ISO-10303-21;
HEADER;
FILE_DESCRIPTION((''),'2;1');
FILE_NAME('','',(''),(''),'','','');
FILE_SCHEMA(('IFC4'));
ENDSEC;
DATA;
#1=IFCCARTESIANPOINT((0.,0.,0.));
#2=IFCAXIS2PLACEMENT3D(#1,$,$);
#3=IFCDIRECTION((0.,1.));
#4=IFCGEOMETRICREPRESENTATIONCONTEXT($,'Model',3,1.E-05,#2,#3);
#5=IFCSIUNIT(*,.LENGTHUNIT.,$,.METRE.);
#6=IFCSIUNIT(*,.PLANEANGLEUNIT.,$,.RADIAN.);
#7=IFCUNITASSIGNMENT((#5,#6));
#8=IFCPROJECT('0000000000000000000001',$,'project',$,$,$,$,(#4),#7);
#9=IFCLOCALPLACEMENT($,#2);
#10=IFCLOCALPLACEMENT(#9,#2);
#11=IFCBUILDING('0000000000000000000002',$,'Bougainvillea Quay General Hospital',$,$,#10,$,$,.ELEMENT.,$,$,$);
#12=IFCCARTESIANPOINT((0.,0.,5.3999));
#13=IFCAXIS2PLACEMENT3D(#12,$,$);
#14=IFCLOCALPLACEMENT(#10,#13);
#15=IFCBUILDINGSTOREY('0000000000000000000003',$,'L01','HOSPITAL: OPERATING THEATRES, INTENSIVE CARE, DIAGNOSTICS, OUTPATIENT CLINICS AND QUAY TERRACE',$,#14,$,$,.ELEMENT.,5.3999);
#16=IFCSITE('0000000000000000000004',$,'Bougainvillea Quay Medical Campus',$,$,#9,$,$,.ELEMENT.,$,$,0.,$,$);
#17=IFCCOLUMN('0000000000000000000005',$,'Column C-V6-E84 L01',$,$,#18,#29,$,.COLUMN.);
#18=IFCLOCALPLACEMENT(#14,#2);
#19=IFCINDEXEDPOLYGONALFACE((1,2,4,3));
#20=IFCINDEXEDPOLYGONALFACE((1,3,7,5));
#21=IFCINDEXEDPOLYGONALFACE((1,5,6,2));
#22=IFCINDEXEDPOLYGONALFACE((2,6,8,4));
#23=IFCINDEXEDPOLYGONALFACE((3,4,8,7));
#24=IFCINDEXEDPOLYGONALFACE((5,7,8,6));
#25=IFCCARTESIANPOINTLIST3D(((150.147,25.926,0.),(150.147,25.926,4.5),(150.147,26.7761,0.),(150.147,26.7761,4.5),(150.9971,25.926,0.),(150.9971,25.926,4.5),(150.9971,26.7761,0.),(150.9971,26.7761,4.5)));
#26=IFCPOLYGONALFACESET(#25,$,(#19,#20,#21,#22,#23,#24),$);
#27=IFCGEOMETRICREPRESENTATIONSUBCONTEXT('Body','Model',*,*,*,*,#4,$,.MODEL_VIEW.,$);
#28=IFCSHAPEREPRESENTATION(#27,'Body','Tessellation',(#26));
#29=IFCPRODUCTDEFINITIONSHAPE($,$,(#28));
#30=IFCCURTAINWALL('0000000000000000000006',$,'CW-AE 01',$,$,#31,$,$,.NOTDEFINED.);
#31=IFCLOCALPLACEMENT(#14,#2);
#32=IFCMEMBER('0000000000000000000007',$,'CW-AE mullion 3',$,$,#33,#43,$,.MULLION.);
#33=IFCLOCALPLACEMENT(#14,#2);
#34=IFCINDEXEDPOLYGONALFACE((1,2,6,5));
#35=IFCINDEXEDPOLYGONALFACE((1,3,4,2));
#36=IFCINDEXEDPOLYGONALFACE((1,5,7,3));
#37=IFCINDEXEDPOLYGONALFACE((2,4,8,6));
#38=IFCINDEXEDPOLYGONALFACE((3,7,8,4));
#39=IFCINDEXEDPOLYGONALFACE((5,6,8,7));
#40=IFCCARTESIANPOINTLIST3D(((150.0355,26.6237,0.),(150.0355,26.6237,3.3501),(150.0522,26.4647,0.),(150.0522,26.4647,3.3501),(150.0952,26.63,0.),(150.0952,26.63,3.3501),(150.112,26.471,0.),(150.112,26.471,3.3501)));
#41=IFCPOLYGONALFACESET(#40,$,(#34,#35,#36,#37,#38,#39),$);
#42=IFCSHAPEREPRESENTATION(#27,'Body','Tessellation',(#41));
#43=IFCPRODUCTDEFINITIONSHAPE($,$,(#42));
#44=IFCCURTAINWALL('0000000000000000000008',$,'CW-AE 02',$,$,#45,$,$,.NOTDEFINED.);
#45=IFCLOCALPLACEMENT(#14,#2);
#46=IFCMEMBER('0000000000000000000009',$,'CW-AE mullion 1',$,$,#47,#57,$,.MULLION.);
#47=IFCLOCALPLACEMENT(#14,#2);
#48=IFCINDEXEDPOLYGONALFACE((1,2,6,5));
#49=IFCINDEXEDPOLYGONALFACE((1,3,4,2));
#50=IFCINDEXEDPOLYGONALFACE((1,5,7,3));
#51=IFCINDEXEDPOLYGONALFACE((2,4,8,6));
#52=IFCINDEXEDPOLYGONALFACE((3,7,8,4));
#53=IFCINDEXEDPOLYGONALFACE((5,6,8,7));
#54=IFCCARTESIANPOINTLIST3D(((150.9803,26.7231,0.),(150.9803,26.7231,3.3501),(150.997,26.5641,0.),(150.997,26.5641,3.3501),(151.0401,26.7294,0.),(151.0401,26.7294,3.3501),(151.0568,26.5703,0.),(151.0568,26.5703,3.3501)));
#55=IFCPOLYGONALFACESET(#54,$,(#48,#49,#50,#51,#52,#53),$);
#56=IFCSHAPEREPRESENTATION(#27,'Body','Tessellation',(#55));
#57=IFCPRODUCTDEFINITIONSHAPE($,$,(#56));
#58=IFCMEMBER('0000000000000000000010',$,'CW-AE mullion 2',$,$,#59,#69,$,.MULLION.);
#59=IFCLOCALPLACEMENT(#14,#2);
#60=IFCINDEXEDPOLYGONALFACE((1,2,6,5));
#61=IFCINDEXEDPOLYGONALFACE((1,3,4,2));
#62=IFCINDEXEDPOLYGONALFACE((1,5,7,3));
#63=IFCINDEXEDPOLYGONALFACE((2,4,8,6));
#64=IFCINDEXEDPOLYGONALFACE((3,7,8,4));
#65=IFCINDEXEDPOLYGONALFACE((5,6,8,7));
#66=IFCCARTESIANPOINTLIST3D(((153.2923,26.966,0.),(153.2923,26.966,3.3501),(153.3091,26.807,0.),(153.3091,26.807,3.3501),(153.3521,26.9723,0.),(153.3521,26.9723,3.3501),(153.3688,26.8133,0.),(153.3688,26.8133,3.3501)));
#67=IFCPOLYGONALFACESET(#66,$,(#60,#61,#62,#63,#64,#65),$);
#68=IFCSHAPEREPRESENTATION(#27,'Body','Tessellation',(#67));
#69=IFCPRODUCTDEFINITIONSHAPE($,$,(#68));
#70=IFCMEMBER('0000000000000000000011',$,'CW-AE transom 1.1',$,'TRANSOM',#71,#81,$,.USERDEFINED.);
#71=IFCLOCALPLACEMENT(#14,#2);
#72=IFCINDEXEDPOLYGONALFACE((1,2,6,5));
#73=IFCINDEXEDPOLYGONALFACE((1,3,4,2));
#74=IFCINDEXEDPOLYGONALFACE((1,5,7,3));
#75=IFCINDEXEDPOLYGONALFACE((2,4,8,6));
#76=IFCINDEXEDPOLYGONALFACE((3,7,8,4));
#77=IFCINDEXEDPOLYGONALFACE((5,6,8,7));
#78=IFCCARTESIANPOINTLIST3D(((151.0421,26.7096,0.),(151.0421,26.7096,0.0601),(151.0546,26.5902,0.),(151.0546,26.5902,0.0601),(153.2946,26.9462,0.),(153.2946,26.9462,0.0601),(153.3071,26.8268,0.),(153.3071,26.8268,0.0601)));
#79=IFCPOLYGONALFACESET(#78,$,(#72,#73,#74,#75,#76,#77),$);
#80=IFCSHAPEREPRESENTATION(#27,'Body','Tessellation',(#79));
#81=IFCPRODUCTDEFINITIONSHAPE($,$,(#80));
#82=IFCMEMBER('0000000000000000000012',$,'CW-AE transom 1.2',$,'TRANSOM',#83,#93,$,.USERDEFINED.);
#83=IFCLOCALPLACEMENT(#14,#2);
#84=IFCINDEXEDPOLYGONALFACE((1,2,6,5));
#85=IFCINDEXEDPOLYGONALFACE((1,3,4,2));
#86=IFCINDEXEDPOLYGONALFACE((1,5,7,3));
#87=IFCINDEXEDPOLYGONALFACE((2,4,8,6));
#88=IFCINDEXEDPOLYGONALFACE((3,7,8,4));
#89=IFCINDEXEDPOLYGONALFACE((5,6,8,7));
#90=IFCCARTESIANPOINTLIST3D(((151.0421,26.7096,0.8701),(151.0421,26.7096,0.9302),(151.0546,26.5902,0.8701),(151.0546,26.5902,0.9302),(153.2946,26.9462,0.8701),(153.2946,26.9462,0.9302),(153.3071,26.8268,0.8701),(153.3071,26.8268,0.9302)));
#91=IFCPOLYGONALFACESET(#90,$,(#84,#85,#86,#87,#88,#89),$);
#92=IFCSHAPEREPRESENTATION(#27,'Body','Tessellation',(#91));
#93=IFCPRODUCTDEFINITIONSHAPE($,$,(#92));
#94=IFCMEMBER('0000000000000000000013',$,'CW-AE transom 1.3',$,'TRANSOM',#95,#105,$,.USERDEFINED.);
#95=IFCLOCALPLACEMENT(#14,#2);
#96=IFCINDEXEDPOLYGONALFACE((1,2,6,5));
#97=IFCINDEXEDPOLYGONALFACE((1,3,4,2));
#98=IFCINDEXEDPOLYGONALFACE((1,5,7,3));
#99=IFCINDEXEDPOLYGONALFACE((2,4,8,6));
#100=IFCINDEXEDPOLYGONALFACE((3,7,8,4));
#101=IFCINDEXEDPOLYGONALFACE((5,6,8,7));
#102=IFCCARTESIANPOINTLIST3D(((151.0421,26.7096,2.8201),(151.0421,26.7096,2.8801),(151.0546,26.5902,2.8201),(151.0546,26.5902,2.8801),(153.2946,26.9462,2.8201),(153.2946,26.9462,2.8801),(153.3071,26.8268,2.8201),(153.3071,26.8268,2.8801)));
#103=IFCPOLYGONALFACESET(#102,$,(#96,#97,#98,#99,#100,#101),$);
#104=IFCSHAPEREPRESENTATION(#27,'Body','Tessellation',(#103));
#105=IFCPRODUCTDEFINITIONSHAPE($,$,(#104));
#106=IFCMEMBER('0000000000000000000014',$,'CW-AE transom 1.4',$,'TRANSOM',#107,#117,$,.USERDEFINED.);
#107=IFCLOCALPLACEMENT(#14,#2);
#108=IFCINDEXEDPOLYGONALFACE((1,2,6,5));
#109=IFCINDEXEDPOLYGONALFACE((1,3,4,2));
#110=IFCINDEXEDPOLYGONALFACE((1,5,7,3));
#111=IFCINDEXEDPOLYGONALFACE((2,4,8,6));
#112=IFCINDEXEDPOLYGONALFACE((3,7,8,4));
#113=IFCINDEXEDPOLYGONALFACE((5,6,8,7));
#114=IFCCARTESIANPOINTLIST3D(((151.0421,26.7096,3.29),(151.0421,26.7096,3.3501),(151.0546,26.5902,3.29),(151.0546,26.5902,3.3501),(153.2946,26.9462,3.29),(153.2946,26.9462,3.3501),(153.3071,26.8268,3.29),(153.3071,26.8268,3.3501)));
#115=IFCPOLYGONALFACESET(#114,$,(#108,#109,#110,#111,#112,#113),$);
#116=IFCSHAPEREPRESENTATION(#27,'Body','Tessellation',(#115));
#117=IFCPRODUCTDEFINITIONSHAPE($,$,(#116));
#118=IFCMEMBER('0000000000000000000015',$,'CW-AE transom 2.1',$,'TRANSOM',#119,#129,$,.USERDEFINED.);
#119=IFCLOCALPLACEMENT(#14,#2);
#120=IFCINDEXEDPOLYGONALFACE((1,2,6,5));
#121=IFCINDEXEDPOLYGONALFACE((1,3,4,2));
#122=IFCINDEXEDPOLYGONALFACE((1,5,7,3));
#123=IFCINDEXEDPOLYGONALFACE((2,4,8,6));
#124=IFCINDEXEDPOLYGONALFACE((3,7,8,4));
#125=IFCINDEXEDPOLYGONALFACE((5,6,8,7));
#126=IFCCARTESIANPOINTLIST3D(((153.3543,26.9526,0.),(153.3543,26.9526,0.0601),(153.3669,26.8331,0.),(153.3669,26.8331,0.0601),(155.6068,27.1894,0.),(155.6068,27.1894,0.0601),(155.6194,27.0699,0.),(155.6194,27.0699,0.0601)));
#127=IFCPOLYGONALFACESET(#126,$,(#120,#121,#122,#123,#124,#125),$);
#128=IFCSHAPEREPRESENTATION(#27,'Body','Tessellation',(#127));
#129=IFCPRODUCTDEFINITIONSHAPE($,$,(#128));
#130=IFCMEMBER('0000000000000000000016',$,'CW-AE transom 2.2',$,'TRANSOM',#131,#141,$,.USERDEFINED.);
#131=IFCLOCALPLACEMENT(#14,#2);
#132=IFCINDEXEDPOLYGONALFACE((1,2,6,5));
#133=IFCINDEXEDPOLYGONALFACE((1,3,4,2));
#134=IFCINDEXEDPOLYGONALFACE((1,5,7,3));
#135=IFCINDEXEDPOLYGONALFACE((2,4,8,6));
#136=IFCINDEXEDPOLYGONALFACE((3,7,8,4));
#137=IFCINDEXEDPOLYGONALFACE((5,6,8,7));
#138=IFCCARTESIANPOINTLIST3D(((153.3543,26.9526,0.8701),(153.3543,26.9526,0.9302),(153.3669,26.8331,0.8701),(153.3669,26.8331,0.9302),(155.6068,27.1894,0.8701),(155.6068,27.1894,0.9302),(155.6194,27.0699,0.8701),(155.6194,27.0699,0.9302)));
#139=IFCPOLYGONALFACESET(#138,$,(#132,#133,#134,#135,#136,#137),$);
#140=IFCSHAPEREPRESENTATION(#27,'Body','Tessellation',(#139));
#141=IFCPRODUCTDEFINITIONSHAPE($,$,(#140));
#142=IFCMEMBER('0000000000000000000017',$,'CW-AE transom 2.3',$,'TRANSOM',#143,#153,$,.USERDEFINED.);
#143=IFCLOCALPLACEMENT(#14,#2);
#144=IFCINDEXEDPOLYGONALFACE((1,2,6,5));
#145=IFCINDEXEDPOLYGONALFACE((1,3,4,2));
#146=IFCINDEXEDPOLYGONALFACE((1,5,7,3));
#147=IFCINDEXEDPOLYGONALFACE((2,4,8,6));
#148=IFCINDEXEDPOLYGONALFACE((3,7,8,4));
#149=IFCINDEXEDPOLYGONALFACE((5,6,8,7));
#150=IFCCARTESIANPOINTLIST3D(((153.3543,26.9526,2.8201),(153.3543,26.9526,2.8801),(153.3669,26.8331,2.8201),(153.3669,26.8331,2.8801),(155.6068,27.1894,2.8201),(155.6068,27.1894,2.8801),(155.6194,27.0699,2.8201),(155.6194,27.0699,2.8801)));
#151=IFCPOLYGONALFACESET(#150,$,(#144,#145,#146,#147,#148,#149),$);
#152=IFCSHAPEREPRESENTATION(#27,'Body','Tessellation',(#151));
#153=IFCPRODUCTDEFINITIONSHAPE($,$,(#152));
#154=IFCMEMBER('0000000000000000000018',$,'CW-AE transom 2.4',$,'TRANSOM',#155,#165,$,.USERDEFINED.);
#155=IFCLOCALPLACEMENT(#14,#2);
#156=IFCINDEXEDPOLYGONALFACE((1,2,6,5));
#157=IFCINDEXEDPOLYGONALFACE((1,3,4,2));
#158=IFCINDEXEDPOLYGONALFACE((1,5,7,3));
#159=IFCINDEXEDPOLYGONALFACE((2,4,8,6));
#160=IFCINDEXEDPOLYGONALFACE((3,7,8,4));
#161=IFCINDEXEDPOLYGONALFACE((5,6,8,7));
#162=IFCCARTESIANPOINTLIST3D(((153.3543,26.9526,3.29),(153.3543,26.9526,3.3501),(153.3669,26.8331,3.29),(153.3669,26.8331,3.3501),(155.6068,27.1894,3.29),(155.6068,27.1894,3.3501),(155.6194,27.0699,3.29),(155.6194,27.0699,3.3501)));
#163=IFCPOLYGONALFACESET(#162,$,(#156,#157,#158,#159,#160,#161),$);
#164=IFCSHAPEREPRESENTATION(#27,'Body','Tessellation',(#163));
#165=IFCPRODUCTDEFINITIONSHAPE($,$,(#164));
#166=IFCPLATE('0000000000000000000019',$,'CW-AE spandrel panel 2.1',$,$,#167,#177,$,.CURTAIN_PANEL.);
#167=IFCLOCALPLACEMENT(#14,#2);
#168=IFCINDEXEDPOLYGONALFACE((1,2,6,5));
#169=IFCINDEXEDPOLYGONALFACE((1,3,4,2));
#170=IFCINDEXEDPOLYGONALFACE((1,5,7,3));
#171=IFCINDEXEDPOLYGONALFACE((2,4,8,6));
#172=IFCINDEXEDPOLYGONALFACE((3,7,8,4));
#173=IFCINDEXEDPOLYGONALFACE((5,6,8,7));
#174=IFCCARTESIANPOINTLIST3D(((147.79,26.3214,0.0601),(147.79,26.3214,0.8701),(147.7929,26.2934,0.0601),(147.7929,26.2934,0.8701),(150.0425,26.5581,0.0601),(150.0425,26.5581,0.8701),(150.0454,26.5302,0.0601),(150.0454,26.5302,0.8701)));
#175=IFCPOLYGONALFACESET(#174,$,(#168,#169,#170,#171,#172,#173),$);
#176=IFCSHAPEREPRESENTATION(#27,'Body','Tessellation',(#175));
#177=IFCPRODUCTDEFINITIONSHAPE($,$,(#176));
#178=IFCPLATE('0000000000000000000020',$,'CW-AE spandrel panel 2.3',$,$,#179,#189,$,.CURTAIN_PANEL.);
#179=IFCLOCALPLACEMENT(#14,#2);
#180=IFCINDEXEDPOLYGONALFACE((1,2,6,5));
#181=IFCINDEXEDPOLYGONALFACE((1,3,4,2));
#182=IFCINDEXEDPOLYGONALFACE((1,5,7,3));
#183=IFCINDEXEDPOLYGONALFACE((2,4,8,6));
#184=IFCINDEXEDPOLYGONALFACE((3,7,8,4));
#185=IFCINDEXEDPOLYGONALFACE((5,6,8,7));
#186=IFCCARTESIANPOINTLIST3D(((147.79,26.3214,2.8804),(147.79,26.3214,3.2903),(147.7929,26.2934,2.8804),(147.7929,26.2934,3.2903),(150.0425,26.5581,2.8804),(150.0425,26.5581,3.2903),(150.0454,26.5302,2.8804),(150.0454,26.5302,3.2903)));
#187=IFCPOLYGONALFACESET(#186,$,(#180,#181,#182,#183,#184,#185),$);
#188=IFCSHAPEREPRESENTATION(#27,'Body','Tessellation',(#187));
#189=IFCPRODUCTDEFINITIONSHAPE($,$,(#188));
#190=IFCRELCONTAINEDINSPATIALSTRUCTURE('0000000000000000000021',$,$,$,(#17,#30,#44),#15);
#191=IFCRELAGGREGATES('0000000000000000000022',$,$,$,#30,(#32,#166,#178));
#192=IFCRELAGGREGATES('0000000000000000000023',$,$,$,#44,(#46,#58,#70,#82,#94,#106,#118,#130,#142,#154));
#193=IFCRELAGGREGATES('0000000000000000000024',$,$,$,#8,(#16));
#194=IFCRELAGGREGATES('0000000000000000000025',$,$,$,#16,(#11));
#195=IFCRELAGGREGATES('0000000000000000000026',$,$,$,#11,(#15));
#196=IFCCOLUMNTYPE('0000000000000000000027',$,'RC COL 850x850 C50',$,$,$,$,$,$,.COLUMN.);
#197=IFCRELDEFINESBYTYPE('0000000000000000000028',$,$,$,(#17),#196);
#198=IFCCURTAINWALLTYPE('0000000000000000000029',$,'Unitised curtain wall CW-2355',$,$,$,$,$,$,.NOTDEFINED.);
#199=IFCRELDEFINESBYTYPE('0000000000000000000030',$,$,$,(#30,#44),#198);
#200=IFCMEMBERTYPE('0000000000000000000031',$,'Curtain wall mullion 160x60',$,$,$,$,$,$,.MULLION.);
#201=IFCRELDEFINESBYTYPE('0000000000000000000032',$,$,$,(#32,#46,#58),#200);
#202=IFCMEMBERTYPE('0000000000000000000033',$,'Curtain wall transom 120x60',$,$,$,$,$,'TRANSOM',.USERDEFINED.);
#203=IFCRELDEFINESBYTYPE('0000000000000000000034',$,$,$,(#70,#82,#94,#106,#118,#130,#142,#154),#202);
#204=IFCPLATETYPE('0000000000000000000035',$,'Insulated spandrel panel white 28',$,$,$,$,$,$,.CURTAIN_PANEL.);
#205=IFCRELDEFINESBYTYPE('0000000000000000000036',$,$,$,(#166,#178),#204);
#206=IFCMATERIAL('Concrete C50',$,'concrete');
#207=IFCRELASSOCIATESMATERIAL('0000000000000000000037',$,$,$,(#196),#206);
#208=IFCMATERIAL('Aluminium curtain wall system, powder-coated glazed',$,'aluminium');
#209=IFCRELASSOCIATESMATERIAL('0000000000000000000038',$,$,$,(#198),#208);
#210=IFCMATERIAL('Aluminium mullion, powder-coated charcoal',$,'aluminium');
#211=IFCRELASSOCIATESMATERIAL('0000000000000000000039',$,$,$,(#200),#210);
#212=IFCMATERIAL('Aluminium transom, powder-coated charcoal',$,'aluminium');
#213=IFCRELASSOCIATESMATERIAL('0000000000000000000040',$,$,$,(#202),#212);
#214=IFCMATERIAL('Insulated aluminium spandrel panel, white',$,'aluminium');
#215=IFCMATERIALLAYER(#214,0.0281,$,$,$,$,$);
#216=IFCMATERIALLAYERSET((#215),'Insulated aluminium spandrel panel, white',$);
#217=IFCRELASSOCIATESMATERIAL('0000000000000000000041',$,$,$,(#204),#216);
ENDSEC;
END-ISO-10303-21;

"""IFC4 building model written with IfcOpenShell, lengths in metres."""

from ifc_helpers import new_model, si_unit, direction, frame, origin, origin_2d, place, context, subcontext, project, spatial, rectangle, extrude, material, layer, layer_set, material_profile, profile_set, type_object, element, aggregate, save


model = new_model("IFC4")

# Units and contexts
model_context = context("Model", 3, precision=1e-05, world=origin(), true_north=direction((0.0, 1.0)))
body_context = subcontext(model_context, "Body", "Model", "MODEL_VIEW")
ifc_project = project(units=[si_unit("LENGTHUNIT", "METRE"), si_unit("PLANEANGLEUNIT", "RADIAN")], contexts=[model_context])

# Site, building, storey
site_placement = place(None, origin())
site = spatial("IfcSite", under=ifc_project, at=site_placement, Name="Bougainvillea Quay Medical Campus", CompositionType="ELEMENT", RefElevation=0.0)
building_placement = place(site_placement, origin())
building = spatial("IfcBuilding", under=site, at=building_placement, Name="Bougainvillea Quay General Hospital", CompositionType="ELEMENT")
storey_placement = place(building_placement, frame((0.0, 0.0, 5.3999)))
storey = spatial("IfcBuildingStorey", under=building, at=storey_placement, Name="L01", Description="HOSPITAL: OPERATING THEATRES, INTENSIVE CARE, DIAGNOSTICS, OUTPATIENT CLINICS AND QUAY TERRACE", CompositionType="ELEMENT", Elevation=5.3999)

# Column
ifc_material_1 = material(Name="Concrete C50", Category="concrete")
ifc_material_profile_1 = material_profile(ifc_material_1, rectangle(XDim=0.8501, YDim=0.8501, at=origin_2d()))
ifc_profile_set_1 = profile_set([ifc_material_profile_1], Name="Concrete C50")
column_type = type_object("IfcColumnType", Name="RC COL 850x850 C50", PredefinedType="COLUMN", material=ifc_profile_set_1)
column_placement = place(storey_placement, frame((150.572, 26.3511, 0.0), z_axis=(0.0, 0.0, 1.0), x_axis=(1.0, 0.0, 0.0)))
element("IfcColumn", 1, at=column_placement, inside=storey, type_object=column_type, Name="Column C-V6-E84 L01", PredefinedType="COLUMN", context=body_context, shape_type="SweptSolid", body=[
    extrude(rectangle(XDim=0.8501, YDim=0.8501, at=origin_2d()), origin(), (0.0, 0.0, 1.0), 4.5),
])

# Curtain wall, member
ifc_material_2 = material(Name="Aluminium curtain wall system, powder-coated glazed", Category="aluminium")
curtain_wall_type = type_object("IfcCurtainWallType", Name="Unitised curtain wall CW-2355", PredefinedType="NOTDEFINED", material=ifc_material_2)
curtain_wall_1_placement = place(storey_placement, origin())
curtain_wall_1 = element("IfcCurtainWall", 2, at=curtain_wall_1_placement, inside=storey, type_object=curtain_wall_type, Name="CW-AE 01", PredefinedType="NOTDEFINED")
ifc_material_3 = material(Name="Aluminium mullion, powder-coated charcoal", Category="aluminium")
ifc_material_profile_2 = material_profile(ifc_material_3, rectangle(XDim=0.1599, YDim=0.0601, at=origin_2d()))
ifc_profile_set_2 = profile_set([ifc_material_profile_2], Name="Aluminium mullion, powder-coated charcoal")
member_type_1 = type_object("IfcMemberType", Name="Curtain wall mullion 160x60", PredefinedType="MULLION", material=ifc_profile_set_2)
member_1_placement = place(storey_placement, frame((150.0737, 26.5474, 0.0), z_axis=(0.0, 0.0, 1.0), x_axis=(-0.104527, 0.994522, 0.0)))
member_1 = element("IfcMember", 3, at=member_1_placement, type_object=member_type_1, Name="CW-AE mullion 3", PredefinedType="MULLION", context=body_context, shape_type="SweptSolid", body=[
    extrude(rectangle(XDim=0.1599, YDim=0.0601, at=origin_2d()), origin(), (0.0, 0.0, 1.0), 3.3501),
])

# Curtain wall, members
curtain_wall_2_placement = place(storey_placement, origin())
curtain_wall_2 = element("IfcCurtainWall", 4, at=curtain_wall_2_placement, inside=storey, type_object=curtain_wall_type, Name="CW-AE 02", PredefinedType="NOTDEFINED")
member_2_placement = place(storey_placement, frame((151.0186, 26.6467, 0.0), z_axis=(0.0, 0.0, 1.0), x_axis=(-0.104527, 0.994522, 0.0)))
member_2 = element("IfcMember", 5, at=member_2_placement, type_object=member_type_1, Name="CW-AE mullion 1", PredefinedType="MULLION", context=body_context, shape_type="SweptSolid", body=[
    extrude(rectangle(XDim=0.1599, YDim=0.0601, at=origin_2d()), origin(), (0.0, 0.0, 1.0), 3.3501),
])
member_3_placement = place(storey_placement, frame((153.3306, 26.8896, 0.0), z_axis=(0.0, 0.0, 1.0), x_axis=(-0.104527, 0.994522, 0.0)))
member_3 = element("IfcMember", 6, at=member_3_placement, type_object=member_type_1, Name="CW-AE mullion 2", PredefinedType="MULLION", context=body_context, shape_type="SweptSolid", body=[
    extrude(rectangle(XDim=0.1599, YDim=0.0601, at=origin_2d()), origin(), (0.0, 0.0, 1.0), 3.3501),
])
ifc_material_4 = material(Name="Aluminium transom, powder-coated charcoal", Category="aluminium")
ifc_material_profile_3 = material_profile(ifc_material_4, rectangle(XDim=0.1201, YDim=0.0601, at=origin_2d()))
ifc_profile_set_3 = profile_set([ifc_material_profile_3], Name="Aluminium transom, powder-coated charcoal")
member_type_2 = type_object("IfcMemberType", Name="Curtain wall transom 120x60", ElementType="TRANSOM", PredefinedType="USERDEFINED", material=ifc_profile_set_3)
member_4_placement = place(storey_placement, frame((151.0483, 26.6499, 0.03), z_axis=(0.99453, 0.104455, 0.0), x_axis=(-0.104455, 0.99453, 0.0)))
member_4 = element("IfcMember", 7, at=member_4_placement, type_object=member_type_2, Name="CW-AE transom 1.1", ObjectType="TRANSOM", PredefinedType="USERDEFINED", context=body_context, shape_type="SweptSolid", body=[
    extrude(rectangle(XDim=0.1201, YDim=0.0601, at=origin_2d()), origin(), (0.0, 0.0, 1.0), 2.2649),
])
member_5_placement = place(storey_placement, frame((151.0483, 26.6499, 0.9001), z_axis=(0.99453, 0.104455, 0.0), x_axis=(-0.104455, 0.99453, 0.0)))
member_5 = element("IfcMember", 8, at=member_5_placement, type_object=member_type_2, Name="CW-AE transom 1.2", ObjectType="TRANSOM", PredefinedType="USERDEFINED", context=body_context, shape_type="SweptSolid", body=[
    extrude(rectangle(XDim=0.1201, YDim=0.0601, at=origin_2d()), origin(), (0.0, 0.0, 1.0), 2.2649),
])
member_6_placement = place(storey_placement, frame((151.0483, 26.6499, 2.8501), z_axis=(0.99453, 0.104455, 0.0), x_axis=(-0.104455, 0.99453, 0.0)))
member_6 = element("IfcMember", 9, at=member_6_placement, type_object=member_type_2, Name="CW-AE transom 1.3", ObjectType="TRANSOM", PredefinedType="USERDEFINED", context=body_context, shape_type="SweptSolid", body=[
    extrude(rectangle(XDim=0.1201, YDim=0.0601, at=origin_2d()), origin(), (0.0, 0.0, 1.0), 2.2649),
])
member_7_placement = place(storey_placement, frame((151.0483, 26.6499, 3.3201), z_axis=(0.99453, 0.104455, 0.0), x_axis=(-0.104455, 0.99453, 0.0)))
member_7 = element("IfcMember", 10, at=member_7_placement, type_object=member_type_2, Name="CW-AE transom 1.4", ObjectType="TRANSOM", PredefinedType="USERDEFINED", context=body_context, shape_type="SweptSolid", body=[
    extrude(rectangle(XDim=0.1201, YDim=0.0601, at=origin_2d()), origin(), (0.0, 0.0, 1.0), 2.2649),
])
member_8_placement = place(storey_placement, frame((153.3606, 26.8928, 0.03), z_axis=(0.994518, 0.104561, 0.0), x_axis=(-0.104561, 0.994518, 0.0)))
member_8 = element("IfcMember", 11, at=member_8_placement, type_object=member_type_2, Name="CW-AE transom 2.1", ObjectType="TRANSOM", PredefinedType="USERDEFINED", context=body_context, shape_type="SweptSolid", body=[
    extrude(rectangle(XDim=0.1201, YDim=0.0601, at=origin_2d()), origin(), (0.0, 0.0, 1.0), 2.2649),
])
member_9_placement = place(storey_placement, frame((153.3606, 26.8928, 0.9001), z_axis=(0.994518, 0.104561, 0.0), x_axis=(-0.104561, 0.994518, 0.0)))
member_9 = element("IfcMember", 12, at=member_9_placement, type_object=member_type_2, Name="CW-AE transom 2.2", ObjectType="TRANSOM", PredefinedType="USERDEFINED", context=body_context, shape_type="SweptSolid", body=[
    extrude(rectangle(XDim=0.1201, YDim=0.0601, at=origin_2d()), origin(), (0.0, 0.0, 1.0), 2.2649),
])
member_10_placement = place(storey_placement, frame((153.3606, 26.8928, 2.8501), z_axis=(0.994518, 0.104561, 0.0), x_axis=(-0.104561, 0.994518, 0.0)))
member_10 = element("IfcMember", 13, at=member_10_placement, type_object=member_type_2, Name="CW-AE transom 2.3", ObjectType="TRANSOM", PredefinedType="USERDEFINED", context=body_context, shape_type="SweptSolid", body=[
    extrude(rectangle(XDim=0.1201, YDim=0.0601, at=origin_2d()), origin(), (0.0, 0.0, 1.0), 2.2649),
])
member_11_placement = place(storey_placement, frame((153.3606, 26.8928, 3.3201), z_axis=(0.994518, 0.104561, 0.0), x_axis=(-0.104561, 0.994518, 0.0)))
member_11 = element("IfcMember", 14, at=member_11_placement, type_object=member_type_2, Name="CW-AE transom 2.4", ObjectType="TRANSOM", PredefinedType="USERDEFINED", context=body_context, shape_type="SweptSolid", body=[
    extrude(rectangle(XDim=0.1201, YDim=0.0601, at=origin_2d()), origin(), (0.0, 0.0, 1.0), 2.2649),
])

# Plates
ifc_material_5 = material(Name="Insulated aluminium spandrel panel, white", Category="aluminium")
ifc_layer_1 = layer(ifc_material_5, 0.0281)
ifc_layer_set_1 = layer_set([ifc_layer_1], Name="Insulated aluminium spandrel panel, white")
plate_type_1 = type_object("IfcPlateType", Name="Insulated spandrel panel white 28", PredefinedType="CURTAIN_PANEL", material=ifc_layer_set_1)
plate_1_placement = place(storey_placement, frame((148.9177, 26.4258, 0.0601), z_axis=(0.0, 0.0, 1.0), x_axis=(0.994522, 0.104527, 0.0)))
plate_1 = element("IfcPlate", 15, at=plate_1_placement, type_object=plate_type_1, Name="CW-AE spandrel panel 2.1", PredefinedType="CURTAIN_PANEL", context=body_context, shape_type="SweptSolid", body=[
    extrude(rectangle(XDim=2.2649, YDim=0.0281, at=origin_2d()), origin(), (0.0, 0.0, 1.0), 0.8101),
])
plate_2_placement = place(storey_placement, frame((148.9177, 26.4258, 2.8804), z_axis=(0.0, 0.0, 1.0), x_axis=(0.994522, 0.104527, 0.0)))
plate_2 = element("IfcPlate", 16, at=plate_2_placement, type_object=plate_type_1, Name="CW-AE spandrel panel 2.3", PredefinedType="CURTAIN_PANEL", context=body_context, shape_type="SweptSolid", body=[
    extrude(rectangle(XDim=2.2649, YDim=0.0281, at=origin_2d()), origin(), (0.0, 0.0, 1.0), 0.4099),
])
aggregate(curtain_wall_1, [member_1, plate_1, plate_2])
aggregate(curtain_wall_2, [member_2, member_3, member_4, member_5, member_6, member_7, member_8, member_9, member_10, member_11])

save(model, "model.ifc")
